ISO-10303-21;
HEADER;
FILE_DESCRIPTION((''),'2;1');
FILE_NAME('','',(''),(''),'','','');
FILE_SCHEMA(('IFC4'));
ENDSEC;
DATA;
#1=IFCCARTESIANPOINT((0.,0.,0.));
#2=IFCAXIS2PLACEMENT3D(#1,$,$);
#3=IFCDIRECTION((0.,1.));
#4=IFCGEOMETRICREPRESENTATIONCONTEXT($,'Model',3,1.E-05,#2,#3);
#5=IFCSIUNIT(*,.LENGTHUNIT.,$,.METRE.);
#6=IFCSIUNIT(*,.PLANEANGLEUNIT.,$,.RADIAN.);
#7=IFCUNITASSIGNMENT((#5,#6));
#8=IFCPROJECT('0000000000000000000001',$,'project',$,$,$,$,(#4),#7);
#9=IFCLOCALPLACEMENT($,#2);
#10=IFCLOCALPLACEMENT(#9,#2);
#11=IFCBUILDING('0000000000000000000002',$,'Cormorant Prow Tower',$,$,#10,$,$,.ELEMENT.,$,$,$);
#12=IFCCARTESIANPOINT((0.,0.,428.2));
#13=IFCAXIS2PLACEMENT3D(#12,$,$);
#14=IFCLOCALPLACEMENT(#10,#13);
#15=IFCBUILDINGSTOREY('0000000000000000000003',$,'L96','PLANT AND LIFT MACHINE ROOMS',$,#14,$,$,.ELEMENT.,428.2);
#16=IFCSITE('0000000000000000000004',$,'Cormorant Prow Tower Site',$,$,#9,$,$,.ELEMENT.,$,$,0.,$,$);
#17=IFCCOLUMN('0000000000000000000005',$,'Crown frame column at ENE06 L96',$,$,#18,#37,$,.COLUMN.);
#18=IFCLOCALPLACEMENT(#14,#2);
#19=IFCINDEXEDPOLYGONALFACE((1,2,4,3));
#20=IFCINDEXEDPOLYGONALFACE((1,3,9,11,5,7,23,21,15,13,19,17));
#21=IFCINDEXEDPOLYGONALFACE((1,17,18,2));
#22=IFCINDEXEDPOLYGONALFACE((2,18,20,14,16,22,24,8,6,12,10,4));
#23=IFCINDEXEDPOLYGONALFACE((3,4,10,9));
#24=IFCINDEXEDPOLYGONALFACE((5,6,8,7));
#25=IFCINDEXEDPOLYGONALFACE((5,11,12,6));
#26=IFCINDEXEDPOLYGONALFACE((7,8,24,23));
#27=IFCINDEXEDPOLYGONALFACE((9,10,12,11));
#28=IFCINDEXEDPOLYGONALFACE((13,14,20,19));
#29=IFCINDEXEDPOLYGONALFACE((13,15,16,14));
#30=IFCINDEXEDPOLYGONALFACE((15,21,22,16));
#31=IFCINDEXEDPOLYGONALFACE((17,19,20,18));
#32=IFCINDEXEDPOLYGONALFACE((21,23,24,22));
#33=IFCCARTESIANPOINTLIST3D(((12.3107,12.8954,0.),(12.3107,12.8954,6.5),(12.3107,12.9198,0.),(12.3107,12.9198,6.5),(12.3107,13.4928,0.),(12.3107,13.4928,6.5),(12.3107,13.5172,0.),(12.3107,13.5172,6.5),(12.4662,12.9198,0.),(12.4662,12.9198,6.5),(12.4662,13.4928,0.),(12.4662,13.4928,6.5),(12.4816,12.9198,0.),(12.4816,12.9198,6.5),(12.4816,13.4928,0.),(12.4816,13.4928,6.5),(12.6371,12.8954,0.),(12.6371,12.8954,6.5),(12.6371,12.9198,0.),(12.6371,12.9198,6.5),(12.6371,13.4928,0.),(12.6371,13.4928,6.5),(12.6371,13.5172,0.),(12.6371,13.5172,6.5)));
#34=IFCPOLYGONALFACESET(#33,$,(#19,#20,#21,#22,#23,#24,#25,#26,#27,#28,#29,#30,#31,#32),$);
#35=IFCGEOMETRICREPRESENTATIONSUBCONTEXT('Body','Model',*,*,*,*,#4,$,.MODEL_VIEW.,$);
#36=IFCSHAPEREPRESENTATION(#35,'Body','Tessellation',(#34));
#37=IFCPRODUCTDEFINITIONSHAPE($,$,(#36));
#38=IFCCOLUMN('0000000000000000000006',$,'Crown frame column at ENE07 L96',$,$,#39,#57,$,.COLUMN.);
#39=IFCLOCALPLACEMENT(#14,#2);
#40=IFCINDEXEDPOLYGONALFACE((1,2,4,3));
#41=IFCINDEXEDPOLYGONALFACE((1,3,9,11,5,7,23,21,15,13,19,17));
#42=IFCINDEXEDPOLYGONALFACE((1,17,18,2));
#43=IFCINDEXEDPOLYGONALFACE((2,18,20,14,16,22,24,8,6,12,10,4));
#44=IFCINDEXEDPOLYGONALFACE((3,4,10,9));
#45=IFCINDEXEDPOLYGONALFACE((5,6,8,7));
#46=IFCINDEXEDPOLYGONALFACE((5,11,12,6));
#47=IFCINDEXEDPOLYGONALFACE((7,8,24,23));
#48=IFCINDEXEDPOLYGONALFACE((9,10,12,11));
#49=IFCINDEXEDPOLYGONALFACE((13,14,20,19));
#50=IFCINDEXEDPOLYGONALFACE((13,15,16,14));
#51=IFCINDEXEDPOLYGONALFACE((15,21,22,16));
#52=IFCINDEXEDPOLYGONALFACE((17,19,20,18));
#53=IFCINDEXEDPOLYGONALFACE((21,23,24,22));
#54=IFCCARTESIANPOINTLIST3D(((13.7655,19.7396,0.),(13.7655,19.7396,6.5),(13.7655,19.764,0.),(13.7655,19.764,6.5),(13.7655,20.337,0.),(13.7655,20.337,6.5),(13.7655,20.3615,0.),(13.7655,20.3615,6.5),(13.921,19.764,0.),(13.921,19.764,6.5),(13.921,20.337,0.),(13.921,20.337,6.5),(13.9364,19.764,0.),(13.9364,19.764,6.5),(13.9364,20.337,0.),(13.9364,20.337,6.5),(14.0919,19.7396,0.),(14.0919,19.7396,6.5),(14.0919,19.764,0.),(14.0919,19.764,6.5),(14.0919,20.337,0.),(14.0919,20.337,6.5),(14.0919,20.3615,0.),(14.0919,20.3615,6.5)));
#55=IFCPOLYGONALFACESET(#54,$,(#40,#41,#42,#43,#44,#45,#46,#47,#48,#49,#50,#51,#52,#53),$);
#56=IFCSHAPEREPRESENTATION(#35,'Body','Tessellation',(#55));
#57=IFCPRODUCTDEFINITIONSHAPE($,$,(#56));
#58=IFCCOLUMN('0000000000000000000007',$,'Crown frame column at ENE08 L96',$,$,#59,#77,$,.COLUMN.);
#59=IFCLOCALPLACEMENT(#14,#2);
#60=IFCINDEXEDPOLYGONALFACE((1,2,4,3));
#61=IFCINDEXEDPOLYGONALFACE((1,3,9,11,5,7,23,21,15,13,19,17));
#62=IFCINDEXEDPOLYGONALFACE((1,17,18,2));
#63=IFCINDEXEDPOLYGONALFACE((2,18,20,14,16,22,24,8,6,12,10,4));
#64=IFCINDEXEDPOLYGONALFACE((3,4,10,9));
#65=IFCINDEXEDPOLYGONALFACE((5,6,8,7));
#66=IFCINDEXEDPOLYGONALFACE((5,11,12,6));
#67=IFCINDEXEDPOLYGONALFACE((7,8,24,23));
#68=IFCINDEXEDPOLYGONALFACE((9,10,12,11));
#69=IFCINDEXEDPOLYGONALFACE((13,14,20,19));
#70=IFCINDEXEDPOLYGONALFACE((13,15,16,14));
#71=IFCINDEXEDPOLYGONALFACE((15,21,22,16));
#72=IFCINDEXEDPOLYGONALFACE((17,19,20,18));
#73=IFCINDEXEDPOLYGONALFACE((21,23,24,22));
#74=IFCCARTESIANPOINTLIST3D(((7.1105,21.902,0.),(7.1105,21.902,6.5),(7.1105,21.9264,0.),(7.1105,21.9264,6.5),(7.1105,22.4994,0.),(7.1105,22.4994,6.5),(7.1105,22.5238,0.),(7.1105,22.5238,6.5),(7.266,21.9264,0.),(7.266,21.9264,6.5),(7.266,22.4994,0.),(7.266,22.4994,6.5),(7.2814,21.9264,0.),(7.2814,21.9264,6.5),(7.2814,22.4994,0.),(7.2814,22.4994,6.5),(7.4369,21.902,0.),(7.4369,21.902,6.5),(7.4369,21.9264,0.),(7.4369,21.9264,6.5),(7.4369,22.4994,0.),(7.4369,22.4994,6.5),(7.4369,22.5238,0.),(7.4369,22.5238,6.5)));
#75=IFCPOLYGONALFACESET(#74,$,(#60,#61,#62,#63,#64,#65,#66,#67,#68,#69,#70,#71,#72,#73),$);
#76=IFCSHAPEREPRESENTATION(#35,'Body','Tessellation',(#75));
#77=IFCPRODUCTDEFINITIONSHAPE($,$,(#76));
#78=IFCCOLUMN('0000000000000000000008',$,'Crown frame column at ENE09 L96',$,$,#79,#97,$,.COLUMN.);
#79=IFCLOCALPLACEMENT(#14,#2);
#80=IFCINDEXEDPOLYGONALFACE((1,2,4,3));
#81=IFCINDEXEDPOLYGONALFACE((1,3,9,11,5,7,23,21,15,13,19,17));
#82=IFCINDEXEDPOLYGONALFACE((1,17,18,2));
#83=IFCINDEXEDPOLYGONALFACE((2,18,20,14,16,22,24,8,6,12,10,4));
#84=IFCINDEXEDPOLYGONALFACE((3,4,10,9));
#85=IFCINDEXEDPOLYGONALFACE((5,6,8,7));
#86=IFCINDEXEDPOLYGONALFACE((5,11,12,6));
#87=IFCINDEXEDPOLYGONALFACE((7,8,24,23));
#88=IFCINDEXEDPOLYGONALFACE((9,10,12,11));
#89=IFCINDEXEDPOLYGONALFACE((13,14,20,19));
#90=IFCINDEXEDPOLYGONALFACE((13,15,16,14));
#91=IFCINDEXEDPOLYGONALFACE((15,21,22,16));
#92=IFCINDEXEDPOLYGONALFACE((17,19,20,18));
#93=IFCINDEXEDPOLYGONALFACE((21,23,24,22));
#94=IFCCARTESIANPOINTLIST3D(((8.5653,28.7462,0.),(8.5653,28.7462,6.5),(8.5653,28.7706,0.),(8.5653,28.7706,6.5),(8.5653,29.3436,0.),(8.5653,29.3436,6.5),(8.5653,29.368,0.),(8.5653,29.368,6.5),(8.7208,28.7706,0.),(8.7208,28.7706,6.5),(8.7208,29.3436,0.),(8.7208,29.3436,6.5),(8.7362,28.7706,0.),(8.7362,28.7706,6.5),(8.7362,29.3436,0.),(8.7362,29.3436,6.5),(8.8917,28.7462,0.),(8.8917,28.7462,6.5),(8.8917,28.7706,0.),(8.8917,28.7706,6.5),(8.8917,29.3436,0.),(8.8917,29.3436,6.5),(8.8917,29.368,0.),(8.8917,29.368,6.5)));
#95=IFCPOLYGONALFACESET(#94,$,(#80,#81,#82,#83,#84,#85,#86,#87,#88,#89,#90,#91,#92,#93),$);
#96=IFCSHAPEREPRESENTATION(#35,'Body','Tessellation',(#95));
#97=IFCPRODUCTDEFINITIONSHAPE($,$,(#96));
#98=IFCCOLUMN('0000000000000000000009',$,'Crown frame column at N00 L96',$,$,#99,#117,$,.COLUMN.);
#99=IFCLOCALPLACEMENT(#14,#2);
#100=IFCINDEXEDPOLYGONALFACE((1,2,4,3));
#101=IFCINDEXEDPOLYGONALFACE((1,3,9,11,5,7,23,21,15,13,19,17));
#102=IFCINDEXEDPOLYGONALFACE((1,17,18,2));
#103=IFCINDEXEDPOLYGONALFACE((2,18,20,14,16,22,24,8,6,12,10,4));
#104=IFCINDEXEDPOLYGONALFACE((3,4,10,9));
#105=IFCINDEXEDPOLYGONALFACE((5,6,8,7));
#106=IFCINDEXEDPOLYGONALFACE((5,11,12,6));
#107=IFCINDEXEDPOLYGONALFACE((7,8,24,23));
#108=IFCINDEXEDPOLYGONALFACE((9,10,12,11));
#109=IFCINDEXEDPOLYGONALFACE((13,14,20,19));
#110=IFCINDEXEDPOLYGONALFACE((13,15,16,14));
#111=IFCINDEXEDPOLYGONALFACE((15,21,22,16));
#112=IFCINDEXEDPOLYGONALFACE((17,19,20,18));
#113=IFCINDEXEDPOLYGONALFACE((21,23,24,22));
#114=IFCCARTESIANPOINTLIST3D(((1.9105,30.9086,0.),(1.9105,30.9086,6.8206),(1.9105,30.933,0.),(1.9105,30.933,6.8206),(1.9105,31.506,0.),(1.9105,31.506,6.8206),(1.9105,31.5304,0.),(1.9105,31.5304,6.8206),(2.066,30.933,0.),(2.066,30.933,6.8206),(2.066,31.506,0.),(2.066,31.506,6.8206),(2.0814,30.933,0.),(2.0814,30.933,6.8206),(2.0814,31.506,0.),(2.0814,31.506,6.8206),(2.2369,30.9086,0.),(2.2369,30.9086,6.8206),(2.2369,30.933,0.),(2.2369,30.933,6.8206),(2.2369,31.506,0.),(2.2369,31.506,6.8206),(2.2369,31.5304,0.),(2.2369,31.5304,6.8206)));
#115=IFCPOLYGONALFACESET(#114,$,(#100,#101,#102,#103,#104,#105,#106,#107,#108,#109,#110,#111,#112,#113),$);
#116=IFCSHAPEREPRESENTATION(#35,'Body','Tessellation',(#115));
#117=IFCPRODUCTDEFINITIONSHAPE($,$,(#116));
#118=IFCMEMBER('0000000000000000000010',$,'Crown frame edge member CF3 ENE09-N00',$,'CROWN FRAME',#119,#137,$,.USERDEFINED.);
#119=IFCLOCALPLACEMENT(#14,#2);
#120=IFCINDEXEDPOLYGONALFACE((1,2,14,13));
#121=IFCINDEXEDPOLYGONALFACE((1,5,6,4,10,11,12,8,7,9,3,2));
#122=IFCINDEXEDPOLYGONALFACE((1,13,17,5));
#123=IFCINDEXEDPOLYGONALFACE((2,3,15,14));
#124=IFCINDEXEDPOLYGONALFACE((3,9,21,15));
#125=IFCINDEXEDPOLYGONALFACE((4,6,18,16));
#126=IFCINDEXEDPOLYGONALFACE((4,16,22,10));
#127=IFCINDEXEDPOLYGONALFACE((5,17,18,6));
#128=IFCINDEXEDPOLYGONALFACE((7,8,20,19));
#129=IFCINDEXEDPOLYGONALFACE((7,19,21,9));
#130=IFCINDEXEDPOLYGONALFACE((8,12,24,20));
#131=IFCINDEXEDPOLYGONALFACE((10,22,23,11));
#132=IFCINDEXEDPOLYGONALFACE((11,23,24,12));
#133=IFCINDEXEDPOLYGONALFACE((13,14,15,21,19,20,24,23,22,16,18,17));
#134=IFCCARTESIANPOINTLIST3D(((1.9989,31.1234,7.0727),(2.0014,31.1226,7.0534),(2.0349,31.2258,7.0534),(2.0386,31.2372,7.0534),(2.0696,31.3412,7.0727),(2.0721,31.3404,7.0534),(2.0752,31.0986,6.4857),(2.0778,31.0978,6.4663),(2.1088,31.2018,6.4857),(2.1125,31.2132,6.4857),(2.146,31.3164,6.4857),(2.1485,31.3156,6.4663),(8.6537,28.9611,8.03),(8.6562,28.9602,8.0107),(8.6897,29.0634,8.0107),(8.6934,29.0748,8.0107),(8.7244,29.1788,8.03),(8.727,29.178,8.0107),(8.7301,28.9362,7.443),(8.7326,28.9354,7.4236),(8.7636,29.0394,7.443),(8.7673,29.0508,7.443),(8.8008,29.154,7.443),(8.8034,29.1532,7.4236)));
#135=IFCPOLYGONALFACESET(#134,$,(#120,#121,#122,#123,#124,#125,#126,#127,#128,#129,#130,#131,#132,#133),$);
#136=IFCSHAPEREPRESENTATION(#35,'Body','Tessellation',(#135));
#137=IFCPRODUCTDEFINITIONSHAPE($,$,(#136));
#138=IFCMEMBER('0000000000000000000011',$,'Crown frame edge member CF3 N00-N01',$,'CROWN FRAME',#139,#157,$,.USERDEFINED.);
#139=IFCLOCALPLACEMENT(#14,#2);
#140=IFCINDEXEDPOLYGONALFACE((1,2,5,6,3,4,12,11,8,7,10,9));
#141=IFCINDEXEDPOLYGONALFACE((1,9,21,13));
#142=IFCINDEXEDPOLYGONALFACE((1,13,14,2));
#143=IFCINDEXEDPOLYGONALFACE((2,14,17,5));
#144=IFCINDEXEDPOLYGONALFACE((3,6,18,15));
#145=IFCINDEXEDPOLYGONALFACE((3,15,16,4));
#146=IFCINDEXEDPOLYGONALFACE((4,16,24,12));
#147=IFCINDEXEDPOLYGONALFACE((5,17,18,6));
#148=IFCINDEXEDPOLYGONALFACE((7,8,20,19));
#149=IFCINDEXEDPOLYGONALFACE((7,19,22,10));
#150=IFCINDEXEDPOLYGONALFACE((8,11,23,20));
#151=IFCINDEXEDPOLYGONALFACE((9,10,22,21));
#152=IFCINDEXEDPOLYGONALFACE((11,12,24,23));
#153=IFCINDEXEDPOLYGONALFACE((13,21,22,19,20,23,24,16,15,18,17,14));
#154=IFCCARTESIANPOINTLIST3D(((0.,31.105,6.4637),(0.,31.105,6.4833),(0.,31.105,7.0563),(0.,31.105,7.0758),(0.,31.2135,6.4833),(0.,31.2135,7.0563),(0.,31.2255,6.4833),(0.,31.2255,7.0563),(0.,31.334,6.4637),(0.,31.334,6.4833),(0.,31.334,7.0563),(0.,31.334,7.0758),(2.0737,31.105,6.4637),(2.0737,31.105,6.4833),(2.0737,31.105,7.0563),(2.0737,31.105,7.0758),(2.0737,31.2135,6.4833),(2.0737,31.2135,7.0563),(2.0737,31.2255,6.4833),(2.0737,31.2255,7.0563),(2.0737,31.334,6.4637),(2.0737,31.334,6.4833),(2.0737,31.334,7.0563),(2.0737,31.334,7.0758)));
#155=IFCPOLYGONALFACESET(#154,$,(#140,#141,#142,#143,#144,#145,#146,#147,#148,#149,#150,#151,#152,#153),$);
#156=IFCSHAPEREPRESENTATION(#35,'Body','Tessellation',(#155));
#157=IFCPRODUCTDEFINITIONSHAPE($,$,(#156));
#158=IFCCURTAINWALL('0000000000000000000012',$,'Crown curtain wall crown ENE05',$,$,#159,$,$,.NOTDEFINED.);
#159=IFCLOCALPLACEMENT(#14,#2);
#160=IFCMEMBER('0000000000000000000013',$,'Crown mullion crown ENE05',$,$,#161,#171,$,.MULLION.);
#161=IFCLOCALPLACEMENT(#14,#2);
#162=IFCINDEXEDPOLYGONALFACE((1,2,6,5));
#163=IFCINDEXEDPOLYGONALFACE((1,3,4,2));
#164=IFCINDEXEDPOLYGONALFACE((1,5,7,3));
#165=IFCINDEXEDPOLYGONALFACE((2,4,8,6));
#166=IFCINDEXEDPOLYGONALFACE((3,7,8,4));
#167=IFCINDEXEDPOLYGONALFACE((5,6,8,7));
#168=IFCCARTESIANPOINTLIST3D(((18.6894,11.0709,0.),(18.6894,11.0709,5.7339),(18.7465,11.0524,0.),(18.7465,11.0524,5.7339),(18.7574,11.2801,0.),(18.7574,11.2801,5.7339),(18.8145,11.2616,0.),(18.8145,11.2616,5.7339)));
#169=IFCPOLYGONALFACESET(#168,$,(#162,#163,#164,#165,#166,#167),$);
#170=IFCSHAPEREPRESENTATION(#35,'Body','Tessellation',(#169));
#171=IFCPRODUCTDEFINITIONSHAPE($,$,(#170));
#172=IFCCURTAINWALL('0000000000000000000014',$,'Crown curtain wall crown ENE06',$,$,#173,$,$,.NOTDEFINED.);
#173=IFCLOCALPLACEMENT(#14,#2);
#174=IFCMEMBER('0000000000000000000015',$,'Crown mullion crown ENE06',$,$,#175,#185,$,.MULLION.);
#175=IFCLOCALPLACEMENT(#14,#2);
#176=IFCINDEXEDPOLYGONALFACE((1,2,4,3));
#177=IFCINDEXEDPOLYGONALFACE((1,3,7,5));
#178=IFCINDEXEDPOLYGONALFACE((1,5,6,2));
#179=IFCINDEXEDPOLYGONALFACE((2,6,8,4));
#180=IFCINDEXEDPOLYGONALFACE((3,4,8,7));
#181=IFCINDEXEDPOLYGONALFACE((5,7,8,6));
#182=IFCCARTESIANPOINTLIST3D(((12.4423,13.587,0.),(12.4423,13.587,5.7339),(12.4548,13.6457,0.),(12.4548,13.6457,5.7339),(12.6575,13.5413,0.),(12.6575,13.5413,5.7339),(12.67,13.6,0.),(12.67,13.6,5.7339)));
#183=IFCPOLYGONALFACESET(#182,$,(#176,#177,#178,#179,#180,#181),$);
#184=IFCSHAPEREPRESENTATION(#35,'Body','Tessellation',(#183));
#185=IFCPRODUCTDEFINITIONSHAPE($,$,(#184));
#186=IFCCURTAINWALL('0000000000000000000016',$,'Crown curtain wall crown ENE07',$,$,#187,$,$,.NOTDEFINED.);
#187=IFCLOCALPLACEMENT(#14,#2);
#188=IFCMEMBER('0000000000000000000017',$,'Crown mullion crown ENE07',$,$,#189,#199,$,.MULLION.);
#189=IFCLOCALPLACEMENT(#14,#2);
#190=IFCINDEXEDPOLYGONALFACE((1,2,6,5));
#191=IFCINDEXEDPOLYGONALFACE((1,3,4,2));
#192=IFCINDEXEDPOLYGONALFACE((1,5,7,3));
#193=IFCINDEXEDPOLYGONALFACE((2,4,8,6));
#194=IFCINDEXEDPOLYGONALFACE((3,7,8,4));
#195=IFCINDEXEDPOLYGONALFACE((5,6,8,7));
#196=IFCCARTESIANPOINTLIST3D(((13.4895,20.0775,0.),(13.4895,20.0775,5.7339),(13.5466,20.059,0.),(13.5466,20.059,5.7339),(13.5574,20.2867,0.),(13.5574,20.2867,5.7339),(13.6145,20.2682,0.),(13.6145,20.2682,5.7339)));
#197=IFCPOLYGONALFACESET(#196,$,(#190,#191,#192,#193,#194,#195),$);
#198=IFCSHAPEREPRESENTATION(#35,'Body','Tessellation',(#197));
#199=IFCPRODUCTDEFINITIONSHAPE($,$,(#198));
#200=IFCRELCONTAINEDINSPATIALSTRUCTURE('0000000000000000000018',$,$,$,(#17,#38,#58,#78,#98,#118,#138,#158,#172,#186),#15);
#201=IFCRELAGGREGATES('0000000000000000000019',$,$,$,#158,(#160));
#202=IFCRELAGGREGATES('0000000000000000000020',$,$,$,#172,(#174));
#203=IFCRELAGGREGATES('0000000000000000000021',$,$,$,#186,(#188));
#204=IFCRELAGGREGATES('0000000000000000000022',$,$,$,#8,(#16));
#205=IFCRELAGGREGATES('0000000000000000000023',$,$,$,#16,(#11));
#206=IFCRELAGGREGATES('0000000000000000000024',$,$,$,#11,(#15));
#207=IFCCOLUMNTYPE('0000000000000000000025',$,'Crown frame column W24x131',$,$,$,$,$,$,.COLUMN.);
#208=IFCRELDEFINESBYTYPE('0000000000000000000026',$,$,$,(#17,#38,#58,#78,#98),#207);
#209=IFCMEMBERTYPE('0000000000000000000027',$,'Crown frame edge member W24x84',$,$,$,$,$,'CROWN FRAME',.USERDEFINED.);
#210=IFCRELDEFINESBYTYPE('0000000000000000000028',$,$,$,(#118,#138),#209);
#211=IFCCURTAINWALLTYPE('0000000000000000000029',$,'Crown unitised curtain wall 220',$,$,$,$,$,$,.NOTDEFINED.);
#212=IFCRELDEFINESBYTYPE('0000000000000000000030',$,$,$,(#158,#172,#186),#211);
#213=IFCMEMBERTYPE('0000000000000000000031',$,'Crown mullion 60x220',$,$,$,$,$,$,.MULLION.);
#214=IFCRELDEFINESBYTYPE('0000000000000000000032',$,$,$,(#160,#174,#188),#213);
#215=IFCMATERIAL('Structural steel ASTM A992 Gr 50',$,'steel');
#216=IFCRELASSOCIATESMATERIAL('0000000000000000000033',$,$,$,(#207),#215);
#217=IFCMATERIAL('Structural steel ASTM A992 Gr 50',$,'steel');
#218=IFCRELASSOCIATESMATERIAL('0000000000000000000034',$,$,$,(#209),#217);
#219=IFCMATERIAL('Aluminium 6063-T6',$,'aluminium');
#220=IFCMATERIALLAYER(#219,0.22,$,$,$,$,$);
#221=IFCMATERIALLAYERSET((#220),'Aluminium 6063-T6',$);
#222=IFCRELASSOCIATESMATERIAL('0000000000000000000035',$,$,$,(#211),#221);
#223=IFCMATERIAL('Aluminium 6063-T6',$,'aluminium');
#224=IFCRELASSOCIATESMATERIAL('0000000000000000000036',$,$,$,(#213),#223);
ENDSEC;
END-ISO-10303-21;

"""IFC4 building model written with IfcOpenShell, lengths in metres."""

from ifc_helpers import new_model, si_unit, direction, frame, origin, origin_2d, place, context, subcontext, project, spatial, rectangle, i_section, extrude, material, layer, layer_set, material_profile, profile_set, type_object, element, aggregate, save


model = new_model("IFC4")

# Units and contexts
model_context = context("Model", 3, precision=1e-05, world=origin(), true_north=direction((0.0, 1.0)))
body_context = subcontext(model_context, "Body", "Model", "MODEL_VIEW")
ifc_project = project(units=[si_unit("LENGTHUNIT", "METRE"), si_unit("PLANEANGLEUNIT", "RADIAN")], contexts=[model_context])

# Site, building, storey
site_placement = place(None, origin())
site = spatial("IfcSite", under=ifc_project, at=site_placement, Name="Cormorant Prow Tower Site", CompositionType="ELEMENT", RefElevation=0.0)
building_placement = place(site_placement, origin())
building = spatial("IfcBuilding", under=site, at=building_placement, Name="Cormorant Prow Tower", CompositionType="ELEMENT")
storey_placement = place(building_placement, frame((0.0, 0.0, 428.2)))
storey = spatial("IfcBuildingStorey", under=building, at=storey_placement, Name="L96", Description="PLANT AND LIFT MACHINE ROOMS", CompositionType="ELEMENT", Elevation=428.2)

# Columns
ifc_material_1 = material(Name="Structural steel ASTM A992 Gr 50", Category="steel")
ifc_material_profile_1 = material_profile(ifc_material_1, i_section(OverallWidth=0.3264, OverallDepth=0.6218, WebThickness=0.0154, FlangeThickness=0.0244, at=origin_2d()), Name="W24x131")
ifc_profile_set_1 = profile_set([ifc_material_profile_1], Name="Structural steel ASTM A992 Gr 50")
column_type = type_object("IfcColumnType", Name="Crown frame column W24x131", PredefinedType="COLUMN", material=ifc_profile_set_1)
for number, where, z_axis, x_axis, name in (
    (1, (12.4739, 13.2063, 0.0), (0.0, 0.0, 1.0), (1.0, 0.0, 0.0), "Crown frame column at ENE06 L96"),
    (2, (13.9287, 20.0505, 0.0), (0.0, 0.0, 1.0), (1.0, 0.0, 0.0), "Crown frame column at ENE07 L96"),
    (3, (7.2737, 22.2129, 0.0), (0.0, 0.0, 1.0), (1.0, 0.0, 0.0), "Crown frame column at ENE08 L96"),
    (4, (8.7285, 29.0571, 0.0), (0.0, 0.0, 1.0), (1.0, 0.0, 0.0), "Crown frame column at ENE09 L96"),
):
    element("IfcColumn", number, at=place(storey_placement, frame(where, z_axis=z_axis, x_axis=x_axis)), inside=storey, type_object=column_type, Name=name, PredefinedType="COLUMN", context=body_context, shape_type="SweptSolid", body=[
        extrude(i_section(OverallWidth=0.3264, OverallDepth=0.6218, WebThickness=0.0154, FlangeThickness=0.0244, at=origin_2d()), origin(), (0.0, 0.0, 1.0), 6.5),
    ])
column_placement = place(storey_placement, frame((2.0737, 31.2195, 0.0), z_axis=(0.0, 0.0, 1.0), x_axis=(1.0, 0.0, 0.0)))
element("IfcColumn", 5, at=column_placement, inside=storey, type_object=column_type, Name="Crown frame column at N00 L96", PredefinedType="COLUMN", context=body_context, shape_type="SweptSolid", body=[
    extrude(i_section(OverallWidth=0.3264, OverallDepth=0.6218, WebThickness=0.0154, FlangeThickness=0.0244, at=origin_2d()), origin(), (0.0, 0.0, 1.0), 6.8206),
])

# Members
ifc_material_2 = material(Name="Structural steel ASTM A992 Gr 50", Category="steel")
ifc_material_profile_2 = material_profile(ifc_material_2, i_section(OverallWidth=0.229, OverallDepth=0.6121, WebThickness=0.012, FlangeThickness=0.0195, at=origin_2d()), Name="W24x84")
ifc_profile_set_2 = profile_set([ifc_material_profile_2], Name="Structural steel ASTM A992 Gr 50")
member_type_1 = type_object("IfcMemberType", Name="Crown frame edge member W24x84", ElementType="CROWN FRAME", PredefinedType="USERDEFINED", material=ifc_profile_set_2)
member_1_placement = place(storey_placement, frame((8.7285, 29.0571, 7.7268), z_axis=(-0.942276, 0.306176, -0.135544), x_axis=(-0.309028, -0.951053, 0.0)))
element("IfcMember", 6, at=member_1_placement, inside=storey, type_object=member_type_1, Name="Crown frame edge member CF3 ENE09-N00", ObjectType="CROWN FRAME", PredefinedType="USERDEFINED", context=body_context, shape_type="SweptSolid", body=[
    extrude(i_section(OverallWidth=0.229, OverallDepth=0.6121, WebThickness=0.012, FlangeThickness=0.0195, at=origin_2d()), origin(), (0.0, 0.0, 1.0), 7.0625),
])
member_2_placement = place(storey_placement, frame((2.0737, 31.2195, 6.7698), z_axis=(-1.0, 0.0, 0.0), x_axis=(0.0, -1.0, 0.0)))
element("IfcMember", 7, at=member_2_placement, inside=storey, type_object=member_type_1, Name="Crown frame edge member CF3 N00-N01", ObjectType="CROWN FRAME", PredefinedType="USERDEFINED", context=body_context, shape_type="SweptSolid", body=[
    extrude(i_section(OverallWidth=0.229, OverallDepth=0.6121, WebThickness=0.012, FlangeThickness=0.0195, at=origin_2d()), origin(), (0.0, 0.0, 1.0), 2.0737),
])

# Curtain walls, members
ifc_material_3 = material(Name="Aluminium 6063-T6", Category="aluminium")
ifc_layer_1 = layer(ifc_material_3, 0.22)
ifc_layer_set_1 = layer_set([ifc_layer_1], Name="Aluminium 6063-T6")
curtain_wall_type = type_object("IfcCurtainWallType", Name="Crown unitised curtain wall 220", PredefinedType="NOTDEFINED", material=ifc_layer_set_1)
curtain_wall_1_placement = place(storey_placement, origin())
curtain_wall_1 = element("IfcCurtainWall", 8, at=curtain_wall_1_placement, inside=storey, type_object=curtain_wall_type, Name="Crown curtain wall crown ENE05", PredefinedType="NOTDEFINED")
ifc_material_4 = material(Name="Aluminium 6063-T6", Category="aluminium")
ifc_material_profile_3 = material_profile(ifc_material_4, rectangle(XDim=0.22, YDim=0.0601, at=origin_2d()), Name="Crown mullion 60x220")
ifc_profile_set_3 = profile_set([ifc_material_profile_3], Name="Aluminium 6063-T6")
member_type_2 = type_object("IfcMemberType", Name="Crown mullion 60x220", PredefinedType="MULLION", material=ifc_profile_set_3)
member_3_placement = place(storey_placement, frame((18.752, 11.1663, 0.0), z_axis=(0.0, 0.0, 1.0), x_axis=(-0.309017, -0.951056, 0.0)))
member_3 = element("IfcMember", 9, at=member_3_placement, type_object=member_type_2, Name="Crown mullion crown ENE05", PredefinedType="MULLION", context=body_context, shape_type="SweptSolid", body=[
    extrude(rectangle(XDim=0.22, YDim=0.0601, at=origin_2d()), origin(), (0.0, 0.0, 1.0), 5.7339),
])
curtain_wall_2_placement = place(storey_placement, origin())
curtain_wall_2 = element("IfcCurtainWall", 10, at=curtain_wall_2_placement, inside=storey, type_object=curtain_wall_type, Name="Crown curtain wall crown ENE06", PredefinedType="NOTDEFINED")
member_4_placement = place(storey_placement, frame((12.5562, 13.5935, 0.0), z_axis=(0.0, 0.0, 1.0), x_axis=(-0.978148, 0.207912, 0.0)))
member_4 = element("IfcMember", 11, at=member_4_placement, type_object=member_type_2, Name="Crown mullion crown ENE06", PredefinedType="MULLION", context=body_context, shape_type="SweptSolid", body=[
    extrude(rectangle(XDim=0.22, YDim=0.0601, at=origin_2d()), origin(), (0.0, 0.0, 1.0), 5.7339),
])
curtain_wall_3_placement = place(storey_placement, origin())
curtain_wall_3 = element("IfcCurtainWall", 12, at=curtain_wall_3_placement, inside=storey, type_object=curtain_wall_type, Name="Crown curtain wall crown ENE07", PredefinedType="NOTDEFINED")
member_5_placement = place(storey_placement, frame((13.552, 20.1729, 0.0), z_axis=(0.0, 0.0, 1.0), x_axis=(-0.309017, -0.951057, 0.0)))
member_5 = element("IfcMember", 13, at=member_5_placement, type_object=member_type_2, Name="Crown mullion crown ENE07", PredefinedType="MULLION", context=body_context, shape_type="SweptSolid", body=[
    extrude(rectangle(XDim=0.22, YDim=0.0601, at=origin_2d()), origin(), (0.0, 0.0, 1.0), 5.7339),
])

aggregate(curtain_wall_1, [member_3])
aggregate(curtain_wall_2, [member_4])
aggregate(curtain_wall_3, [member_5])

save(model, "model.ifc")
